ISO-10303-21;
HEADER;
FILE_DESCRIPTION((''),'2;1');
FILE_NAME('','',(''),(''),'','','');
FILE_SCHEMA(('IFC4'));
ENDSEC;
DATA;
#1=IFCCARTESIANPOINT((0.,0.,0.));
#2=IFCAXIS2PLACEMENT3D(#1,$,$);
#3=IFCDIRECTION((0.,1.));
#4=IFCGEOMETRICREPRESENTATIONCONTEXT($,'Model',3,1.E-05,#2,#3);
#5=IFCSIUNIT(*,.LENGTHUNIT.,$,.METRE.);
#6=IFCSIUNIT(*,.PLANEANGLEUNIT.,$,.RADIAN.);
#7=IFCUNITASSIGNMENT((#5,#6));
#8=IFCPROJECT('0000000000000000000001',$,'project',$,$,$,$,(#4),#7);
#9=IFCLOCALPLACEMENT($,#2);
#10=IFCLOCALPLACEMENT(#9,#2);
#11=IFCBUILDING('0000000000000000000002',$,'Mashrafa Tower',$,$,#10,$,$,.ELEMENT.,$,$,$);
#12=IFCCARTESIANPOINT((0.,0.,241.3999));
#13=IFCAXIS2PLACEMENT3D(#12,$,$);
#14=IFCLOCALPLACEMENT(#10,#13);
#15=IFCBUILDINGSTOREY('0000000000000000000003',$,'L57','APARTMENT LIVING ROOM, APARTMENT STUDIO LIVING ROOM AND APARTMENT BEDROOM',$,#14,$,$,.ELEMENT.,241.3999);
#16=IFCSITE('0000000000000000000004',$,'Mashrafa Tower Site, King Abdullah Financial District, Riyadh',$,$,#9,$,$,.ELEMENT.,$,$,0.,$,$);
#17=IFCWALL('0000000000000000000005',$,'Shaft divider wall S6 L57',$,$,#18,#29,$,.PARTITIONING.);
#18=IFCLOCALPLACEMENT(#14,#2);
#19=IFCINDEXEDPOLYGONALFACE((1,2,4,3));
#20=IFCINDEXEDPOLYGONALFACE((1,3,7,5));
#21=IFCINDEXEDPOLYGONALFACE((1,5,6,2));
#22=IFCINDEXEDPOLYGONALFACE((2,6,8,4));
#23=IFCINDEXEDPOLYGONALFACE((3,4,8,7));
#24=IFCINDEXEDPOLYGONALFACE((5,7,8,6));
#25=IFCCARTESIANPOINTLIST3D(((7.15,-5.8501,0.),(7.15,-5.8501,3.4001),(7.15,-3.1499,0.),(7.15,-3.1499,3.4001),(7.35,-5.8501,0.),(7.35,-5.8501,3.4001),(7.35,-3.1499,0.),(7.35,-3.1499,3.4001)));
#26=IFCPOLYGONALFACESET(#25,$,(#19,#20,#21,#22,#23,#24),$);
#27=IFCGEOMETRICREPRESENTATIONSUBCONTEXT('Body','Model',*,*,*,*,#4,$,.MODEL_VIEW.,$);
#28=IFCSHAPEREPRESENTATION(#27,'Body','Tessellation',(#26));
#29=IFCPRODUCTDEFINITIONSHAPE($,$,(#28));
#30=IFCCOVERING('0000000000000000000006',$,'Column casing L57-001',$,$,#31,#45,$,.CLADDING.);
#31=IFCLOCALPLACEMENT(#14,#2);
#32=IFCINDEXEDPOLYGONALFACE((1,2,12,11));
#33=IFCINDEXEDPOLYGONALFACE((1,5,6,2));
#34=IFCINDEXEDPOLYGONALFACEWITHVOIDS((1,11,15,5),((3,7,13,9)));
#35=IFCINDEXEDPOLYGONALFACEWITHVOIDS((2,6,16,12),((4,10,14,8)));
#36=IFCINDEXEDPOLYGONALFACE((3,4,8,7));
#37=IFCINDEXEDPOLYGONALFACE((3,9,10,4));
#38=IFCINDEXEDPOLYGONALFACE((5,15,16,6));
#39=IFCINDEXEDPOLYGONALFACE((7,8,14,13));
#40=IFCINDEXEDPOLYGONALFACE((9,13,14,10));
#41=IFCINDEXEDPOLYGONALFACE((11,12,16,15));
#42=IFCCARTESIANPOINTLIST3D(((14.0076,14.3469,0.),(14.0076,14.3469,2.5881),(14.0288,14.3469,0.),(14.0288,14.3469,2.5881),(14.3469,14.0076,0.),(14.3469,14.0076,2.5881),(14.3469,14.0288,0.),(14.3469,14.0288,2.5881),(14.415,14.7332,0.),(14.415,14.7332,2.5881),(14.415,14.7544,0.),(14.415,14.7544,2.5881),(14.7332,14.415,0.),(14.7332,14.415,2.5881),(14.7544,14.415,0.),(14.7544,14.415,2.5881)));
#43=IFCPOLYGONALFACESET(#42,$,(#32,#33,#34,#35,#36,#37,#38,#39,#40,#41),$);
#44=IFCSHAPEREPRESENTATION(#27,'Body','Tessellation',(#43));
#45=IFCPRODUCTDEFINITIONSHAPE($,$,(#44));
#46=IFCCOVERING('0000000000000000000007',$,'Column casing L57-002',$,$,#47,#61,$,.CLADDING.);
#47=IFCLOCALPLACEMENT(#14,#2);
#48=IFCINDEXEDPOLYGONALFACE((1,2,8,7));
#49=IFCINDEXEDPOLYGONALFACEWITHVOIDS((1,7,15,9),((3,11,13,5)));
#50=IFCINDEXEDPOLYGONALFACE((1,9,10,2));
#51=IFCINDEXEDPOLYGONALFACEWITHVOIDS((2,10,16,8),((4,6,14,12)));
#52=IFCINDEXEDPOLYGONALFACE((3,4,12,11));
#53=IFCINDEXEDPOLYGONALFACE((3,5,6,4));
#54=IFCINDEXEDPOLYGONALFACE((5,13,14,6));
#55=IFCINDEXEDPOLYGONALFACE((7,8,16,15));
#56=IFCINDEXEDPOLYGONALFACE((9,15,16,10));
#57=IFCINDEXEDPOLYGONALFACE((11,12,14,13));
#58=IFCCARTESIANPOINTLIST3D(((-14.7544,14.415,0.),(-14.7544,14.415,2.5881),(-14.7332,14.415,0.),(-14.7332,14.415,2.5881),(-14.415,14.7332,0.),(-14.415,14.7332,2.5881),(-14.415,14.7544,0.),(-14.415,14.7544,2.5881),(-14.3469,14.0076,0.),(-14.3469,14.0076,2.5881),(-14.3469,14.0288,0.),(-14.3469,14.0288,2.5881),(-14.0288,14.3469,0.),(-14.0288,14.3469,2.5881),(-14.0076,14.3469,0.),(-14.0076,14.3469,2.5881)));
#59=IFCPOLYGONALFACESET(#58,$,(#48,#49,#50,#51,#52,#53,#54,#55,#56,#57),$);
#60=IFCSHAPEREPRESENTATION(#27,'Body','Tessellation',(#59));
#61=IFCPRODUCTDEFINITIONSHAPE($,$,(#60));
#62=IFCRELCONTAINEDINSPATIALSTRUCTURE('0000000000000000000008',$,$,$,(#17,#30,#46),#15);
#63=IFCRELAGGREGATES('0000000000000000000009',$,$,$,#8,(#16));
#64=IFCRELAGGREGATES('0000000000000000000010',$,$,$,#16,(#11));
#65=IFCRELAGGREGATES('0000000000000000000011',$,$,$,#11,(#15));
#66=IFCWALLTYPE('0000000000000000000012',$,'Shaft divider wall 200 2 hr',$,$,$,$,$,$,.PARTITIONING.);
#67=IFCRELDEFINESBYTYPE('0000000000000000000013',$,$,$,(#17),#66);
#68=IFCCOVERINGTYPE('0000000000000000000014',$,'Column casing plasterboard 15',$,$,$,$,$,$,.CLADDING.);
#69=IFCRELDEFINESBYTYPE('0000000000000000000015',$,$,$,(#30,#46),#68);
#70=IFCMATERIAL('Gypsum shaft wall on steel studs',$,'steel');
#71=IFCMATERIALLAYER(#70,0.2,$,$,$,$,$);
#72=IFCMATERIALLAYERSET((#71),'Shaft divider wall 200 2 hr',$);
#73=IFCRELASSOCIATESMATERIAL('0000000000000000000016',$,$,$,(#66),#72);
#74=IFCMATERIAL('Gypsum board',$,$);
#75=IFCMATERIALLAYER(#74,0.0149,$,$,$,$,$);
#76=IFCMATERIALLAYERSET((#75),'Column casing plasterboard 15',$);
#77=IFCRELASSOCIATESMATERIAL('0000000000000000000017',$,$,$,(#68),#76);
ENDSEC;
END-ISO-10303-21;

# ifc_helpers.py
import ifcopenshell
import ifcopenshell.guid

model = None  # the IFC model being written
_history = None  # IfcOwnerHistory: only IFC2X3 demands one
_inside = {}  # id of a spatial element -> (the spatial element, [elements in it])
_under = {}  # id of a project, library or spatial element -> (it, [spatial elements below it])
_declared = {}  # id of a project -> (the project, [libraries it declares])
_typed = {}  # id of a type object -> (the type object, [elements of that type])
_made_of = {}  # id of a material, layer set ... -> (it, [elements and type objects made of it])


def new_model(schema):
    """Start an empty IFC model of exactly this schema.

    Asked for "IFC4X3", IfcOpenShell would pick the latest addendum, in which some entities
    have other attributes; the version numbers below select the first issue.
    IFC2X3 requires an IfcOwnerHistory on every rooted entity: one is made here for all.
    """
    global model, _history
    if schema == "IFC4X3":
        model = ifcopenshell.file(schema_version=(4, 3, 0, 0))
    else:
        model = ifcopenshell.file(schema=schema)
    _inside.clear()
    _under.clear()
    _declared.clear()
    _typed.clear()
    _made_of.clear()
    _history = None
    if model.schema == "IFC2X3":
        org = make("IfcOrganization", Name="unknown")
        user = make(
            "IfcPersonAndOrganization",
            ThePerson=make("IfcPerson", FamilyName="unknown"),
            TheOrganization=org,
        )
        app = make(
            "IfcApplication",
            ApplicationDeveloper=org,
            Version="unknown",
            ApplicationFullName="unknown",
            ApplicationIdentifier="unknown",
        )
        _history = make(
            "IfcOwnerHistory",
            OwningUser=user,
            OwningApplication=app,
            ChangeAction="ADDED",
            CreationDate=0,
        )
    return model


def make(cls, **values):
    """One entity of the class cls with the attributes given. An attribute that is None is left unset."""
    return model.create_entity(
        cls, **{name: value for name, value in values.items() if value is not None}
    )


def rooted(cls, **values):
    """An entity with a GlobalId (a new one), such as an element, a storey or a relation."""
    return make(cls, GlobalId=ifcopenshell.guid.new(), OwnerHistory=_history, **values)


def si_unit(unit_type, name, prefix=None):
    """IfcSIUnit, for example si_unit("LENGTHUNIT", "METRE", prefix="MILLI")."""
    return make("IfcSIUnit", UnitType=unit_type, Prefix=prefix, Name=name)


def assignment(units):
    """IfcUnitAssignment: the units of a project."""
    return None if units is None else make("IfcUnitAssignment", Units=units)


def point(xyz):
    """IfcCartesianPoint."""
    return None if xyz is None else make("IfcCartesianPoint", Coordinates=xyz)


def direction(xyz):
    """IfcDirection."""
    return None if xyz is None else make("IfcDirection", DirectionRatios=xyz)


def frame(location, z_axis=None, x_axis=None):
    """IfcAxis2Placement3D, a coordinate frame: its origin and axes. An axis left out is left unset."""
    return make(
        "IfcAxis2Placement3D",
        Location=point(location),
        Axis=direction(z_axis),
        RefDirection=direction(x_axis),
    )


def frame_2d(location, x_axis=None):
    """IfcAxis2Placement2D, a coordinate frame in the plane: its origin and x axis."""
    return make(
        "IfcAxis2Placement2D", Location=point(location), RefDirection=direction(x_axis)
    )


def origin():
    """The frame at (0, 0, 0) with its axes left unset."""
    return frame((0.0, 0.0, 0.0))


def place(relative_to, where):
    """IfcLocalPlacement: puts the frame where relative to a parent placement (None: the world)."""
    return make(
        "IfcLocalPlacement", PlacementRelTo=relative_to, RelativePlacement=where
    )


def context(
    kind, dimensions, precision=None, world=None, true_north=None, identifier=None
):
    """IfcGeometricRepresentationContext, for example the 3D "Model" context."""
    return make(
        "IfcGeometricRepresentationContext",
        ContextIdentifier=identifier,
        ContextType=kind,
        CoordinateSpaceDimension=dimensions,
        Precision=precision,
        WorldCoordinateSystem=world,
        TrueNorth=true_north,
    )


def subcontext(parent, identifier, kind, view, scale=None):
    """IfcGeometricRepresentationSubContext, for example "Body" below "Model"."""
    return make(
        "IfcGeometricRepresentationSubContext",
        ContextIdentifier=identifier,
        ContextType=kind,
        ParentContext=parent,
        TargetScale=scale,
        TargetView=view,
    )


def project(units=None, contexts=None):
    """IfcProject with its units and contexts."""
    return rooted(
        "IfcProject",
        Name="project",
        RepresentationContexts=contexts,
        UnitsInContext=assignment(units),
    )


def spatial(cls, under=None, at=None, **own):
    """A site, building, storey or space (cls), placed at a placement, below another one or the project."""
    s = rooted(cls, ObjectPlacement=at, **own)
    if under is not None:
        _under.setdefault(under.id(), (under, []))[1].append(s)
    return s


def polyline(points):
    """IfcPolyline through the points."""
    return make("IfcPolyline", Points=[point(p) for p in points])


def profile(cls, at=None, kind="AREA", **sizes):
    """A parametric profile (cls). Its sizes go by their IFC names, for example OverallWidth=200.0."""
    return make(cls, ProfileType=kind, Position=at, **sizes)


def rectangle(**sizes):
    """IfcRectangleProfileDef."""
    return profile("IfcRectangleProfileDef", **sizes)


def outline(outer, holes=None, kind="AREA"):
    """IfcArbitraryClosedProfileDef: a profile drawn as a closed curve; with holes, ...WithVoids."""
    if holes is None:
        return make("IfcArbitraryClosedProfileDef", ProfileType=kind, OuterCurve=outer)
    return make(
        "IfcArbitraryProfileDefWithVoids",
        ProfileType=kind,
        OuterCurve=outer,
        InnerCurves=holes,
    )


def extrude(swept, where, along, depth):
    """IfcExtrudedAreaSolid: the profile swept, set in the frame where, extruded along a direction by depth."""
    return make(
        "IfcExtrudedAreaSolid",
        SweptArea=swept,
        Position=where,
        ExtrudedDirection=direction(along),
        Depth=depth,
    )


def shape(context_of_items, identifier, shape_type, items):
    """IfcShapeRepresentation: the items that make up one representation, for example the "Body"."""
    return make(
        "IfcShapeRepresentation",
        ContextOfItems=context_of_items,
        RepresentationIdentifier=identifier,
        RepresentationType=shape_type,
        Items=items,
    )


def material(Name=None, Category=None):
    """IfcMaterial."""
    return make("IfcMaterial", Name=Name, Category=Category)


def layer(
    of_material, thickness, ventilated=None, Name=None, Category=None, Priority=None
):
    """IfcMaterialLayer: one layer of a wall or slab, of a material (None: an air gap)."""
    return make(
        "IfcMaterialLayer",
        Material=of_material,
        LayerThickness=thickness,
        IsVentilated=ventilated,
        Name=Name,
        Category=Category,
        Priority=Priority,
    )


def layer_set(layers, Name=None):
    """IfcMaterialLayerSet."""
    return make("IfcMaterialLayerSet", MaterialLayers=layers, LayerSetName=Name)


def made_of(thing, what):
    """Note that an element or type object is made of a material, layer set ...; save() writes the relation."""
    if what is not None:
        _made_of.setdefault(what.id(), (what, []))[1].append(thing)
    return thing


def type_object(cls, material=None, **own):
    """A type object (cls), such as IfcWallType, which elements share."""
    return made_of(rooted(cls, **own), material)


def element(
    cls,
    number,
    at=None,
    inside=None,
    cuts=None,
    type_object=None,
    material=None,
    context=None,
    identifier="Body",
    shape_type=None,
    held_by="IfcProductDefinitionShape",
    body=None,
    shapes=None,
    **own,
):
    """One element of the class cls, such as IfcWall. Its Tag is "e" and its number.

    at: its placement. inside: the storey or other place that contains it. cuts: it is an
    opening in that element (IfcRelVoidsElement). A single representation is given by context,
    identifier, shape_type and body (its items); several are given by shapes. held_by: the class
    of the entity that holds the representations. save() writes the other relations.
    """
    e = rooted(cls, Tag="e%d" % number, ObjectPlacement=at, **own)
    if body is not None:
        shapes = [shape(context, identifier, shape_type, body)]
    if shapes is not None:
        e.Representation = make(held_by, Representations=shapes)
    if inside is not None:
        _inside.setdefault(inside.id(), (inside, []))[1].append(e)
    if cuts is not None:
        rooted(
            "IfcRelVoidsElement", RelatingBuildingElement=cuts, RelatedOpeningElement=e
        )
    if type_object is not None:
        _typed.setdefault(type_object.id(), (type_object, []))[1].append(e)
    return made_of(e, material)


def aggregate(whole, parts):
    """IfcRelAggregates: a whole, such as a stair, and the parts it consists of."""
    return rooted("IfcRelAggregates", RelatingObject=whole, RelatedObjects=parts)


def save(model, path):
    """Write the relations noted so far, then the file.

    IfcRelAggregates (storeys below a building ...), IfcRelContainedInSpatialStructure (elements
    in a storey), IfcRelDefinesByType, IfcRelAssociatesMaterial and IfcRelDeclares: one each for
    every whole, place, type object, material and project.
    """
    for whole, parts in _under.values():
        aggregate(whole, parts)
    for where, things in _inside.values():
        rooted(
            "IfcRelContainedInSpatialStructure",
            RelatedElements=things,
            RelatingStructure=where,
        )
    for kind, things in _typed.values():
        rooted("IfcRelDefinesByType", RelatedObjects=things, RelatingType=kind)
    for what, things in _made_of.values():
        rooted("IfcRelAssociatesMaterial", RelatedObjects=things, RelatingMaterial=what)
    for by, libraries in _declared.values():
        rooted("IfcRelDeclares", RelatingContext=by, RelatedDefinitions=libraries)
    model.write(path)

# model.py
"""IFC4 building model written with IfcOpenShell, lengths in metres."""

from ifc_helpers import new_model, si_unit, direction, frame, frame_2d, origin, place, context, subcontext, project, spatial, polyline, rectangle, outline, extrude, material, layer, layer_set, type_object, element, save


model = new_model("IFC4")

# Units and contexts
model_context = context("Model", 3, precision=1e-05, world=origin(), true_north=direction((0.0, 1.0)))
body_context = subcontext(model_context, "Body", "Model", "MODEL_VIEW")
ifc_project = project(units=[si_unit("LENGTHUNIT", "METRE"), si_unit("PLANEANGLEUNIT", "RADIAN")], contexts=[model_context])

# Site, building, storey
site_placement = place(None, origin())
site = spatial("IfcSite", under=ifc_project, at=site_placement, Name="Mashrafa Tower Site, King Abdullah Financial District, Riyadh", CompositionType="ELEMENT", RefElevation=0.0)
building_placement = place(site_placement, origin())
building = spatial("IfcBuilding", under=site, at=building_placement, Name="Mashrafa Tower", CompositionType="ELEMENT")
storey_placement = place(building_placement, frame((0.0, 0.0, 241.3999)))
storey = spatial("IfcBuildingStorey", under=building, at=storey_placement, Name="L57", Description="APARTMENT LIVING ROOM, APARTMENT STUDIO LIVING ROOM AND APARTMENT BEDROOM", CompositionType="ELEMENT", Elevation=241.3999)

# Wall
ifc_material_1 = material(Name="Gypsum shaft wall on steel studs", Category="steel")
ifc_layer_1 = layer(ifc_material_1, 0.2)
ifc_layer_set_1 = layer_set([ifc_layer_1], Name="Shaft divider wall 200 2 hr")
wall_type_1 = type_object("IfcWallType", Name="Shaft divider wall 200 2 hr", PredefinedType="PARTITIONING", material=ifc_layer_set_1)
wall_1_placement = place(storey_placement, frame((7.25, -5.8501, 0.0), z_axis=(0.0, 0.0, 1.0), x_axis=(0.0, 1.0, 0.0)))
element("IfcWall", 1, at=wall_1_placement, inside=storey, type_object=wall_type_1, Name="Shaft divider wall S6 L57", PredefinedType="PARTITIONING", context=body_context, shape_type="SweptSolid", body=[
    extrude(rectangle(XDim=2.7002, YDim=0.2, at=frame_2d((1.3501, 0.0))), origin(), (0.0, 0.0, 1.0), 3.4001),
])

# Coverings
ifc_material_2 = material(Name="Gypsum board")
ifc_layer_2 = layer(ifc_material_2, 0.0149)
ifc_layer_set_2 = layer_set([ifc_layer_2], Name="Column casing plasterboard 15")
covering_type = type_object("IfcCoveringType", Name="Column casing plasterboard 15", PredefinedType="CLADDING", material=ifc_layer_set_2)
covering_1_placement = place(storey_placement, origin())
element("IfcCovering", 2, at=covering_1_placement, inside=storey, type_object=covering_type, Name="Column casing L57-001", PredefinedType="CLADDING", context=body_context, shape_type="SweptSolid", body=[
    extrude(outline(polyline([(14.0076, 14.3469), (14.415, 14.7544), (14.7544, 14.415), (14.3469, 14.0076), (14.0076, 14.3469)]), holes=[polyline([(14.7332, 14.415), (14.415, 14.7332), (14.0288, 14.3469), (14.3469, 14.0288), (14.7332, 14.415)])]), origin(), (0.0, 0.0, 1.0), 2.5881),
])
covering_2_placement = place(storey_placement, origin())
element("IfcCovering", 3, at=covering_2_placement, inside=storey, type_object=covering_type, Name="Column casing L57-002", PredefinedType="CLADDING", context=body_context, shape_type="SweptSolid", body=[
    extrude(outline(polyline([(-14.7544, 14.415), (-14.415, 14.7544), (-14.0076, 14.3469), (-14.3469, 14.0076), (-14.7544, 14.415)]), holes=[polyline([(-14.0288, 14.3469), (-14.415, 14.7332), (-14.7332, 14.415), (-14.3469, 14.0288), (-14.0288, 14.3469)])]), origin(), (0.0, 0.0, 1.0), 2.5881),
])

save(model, "model.ifc")
